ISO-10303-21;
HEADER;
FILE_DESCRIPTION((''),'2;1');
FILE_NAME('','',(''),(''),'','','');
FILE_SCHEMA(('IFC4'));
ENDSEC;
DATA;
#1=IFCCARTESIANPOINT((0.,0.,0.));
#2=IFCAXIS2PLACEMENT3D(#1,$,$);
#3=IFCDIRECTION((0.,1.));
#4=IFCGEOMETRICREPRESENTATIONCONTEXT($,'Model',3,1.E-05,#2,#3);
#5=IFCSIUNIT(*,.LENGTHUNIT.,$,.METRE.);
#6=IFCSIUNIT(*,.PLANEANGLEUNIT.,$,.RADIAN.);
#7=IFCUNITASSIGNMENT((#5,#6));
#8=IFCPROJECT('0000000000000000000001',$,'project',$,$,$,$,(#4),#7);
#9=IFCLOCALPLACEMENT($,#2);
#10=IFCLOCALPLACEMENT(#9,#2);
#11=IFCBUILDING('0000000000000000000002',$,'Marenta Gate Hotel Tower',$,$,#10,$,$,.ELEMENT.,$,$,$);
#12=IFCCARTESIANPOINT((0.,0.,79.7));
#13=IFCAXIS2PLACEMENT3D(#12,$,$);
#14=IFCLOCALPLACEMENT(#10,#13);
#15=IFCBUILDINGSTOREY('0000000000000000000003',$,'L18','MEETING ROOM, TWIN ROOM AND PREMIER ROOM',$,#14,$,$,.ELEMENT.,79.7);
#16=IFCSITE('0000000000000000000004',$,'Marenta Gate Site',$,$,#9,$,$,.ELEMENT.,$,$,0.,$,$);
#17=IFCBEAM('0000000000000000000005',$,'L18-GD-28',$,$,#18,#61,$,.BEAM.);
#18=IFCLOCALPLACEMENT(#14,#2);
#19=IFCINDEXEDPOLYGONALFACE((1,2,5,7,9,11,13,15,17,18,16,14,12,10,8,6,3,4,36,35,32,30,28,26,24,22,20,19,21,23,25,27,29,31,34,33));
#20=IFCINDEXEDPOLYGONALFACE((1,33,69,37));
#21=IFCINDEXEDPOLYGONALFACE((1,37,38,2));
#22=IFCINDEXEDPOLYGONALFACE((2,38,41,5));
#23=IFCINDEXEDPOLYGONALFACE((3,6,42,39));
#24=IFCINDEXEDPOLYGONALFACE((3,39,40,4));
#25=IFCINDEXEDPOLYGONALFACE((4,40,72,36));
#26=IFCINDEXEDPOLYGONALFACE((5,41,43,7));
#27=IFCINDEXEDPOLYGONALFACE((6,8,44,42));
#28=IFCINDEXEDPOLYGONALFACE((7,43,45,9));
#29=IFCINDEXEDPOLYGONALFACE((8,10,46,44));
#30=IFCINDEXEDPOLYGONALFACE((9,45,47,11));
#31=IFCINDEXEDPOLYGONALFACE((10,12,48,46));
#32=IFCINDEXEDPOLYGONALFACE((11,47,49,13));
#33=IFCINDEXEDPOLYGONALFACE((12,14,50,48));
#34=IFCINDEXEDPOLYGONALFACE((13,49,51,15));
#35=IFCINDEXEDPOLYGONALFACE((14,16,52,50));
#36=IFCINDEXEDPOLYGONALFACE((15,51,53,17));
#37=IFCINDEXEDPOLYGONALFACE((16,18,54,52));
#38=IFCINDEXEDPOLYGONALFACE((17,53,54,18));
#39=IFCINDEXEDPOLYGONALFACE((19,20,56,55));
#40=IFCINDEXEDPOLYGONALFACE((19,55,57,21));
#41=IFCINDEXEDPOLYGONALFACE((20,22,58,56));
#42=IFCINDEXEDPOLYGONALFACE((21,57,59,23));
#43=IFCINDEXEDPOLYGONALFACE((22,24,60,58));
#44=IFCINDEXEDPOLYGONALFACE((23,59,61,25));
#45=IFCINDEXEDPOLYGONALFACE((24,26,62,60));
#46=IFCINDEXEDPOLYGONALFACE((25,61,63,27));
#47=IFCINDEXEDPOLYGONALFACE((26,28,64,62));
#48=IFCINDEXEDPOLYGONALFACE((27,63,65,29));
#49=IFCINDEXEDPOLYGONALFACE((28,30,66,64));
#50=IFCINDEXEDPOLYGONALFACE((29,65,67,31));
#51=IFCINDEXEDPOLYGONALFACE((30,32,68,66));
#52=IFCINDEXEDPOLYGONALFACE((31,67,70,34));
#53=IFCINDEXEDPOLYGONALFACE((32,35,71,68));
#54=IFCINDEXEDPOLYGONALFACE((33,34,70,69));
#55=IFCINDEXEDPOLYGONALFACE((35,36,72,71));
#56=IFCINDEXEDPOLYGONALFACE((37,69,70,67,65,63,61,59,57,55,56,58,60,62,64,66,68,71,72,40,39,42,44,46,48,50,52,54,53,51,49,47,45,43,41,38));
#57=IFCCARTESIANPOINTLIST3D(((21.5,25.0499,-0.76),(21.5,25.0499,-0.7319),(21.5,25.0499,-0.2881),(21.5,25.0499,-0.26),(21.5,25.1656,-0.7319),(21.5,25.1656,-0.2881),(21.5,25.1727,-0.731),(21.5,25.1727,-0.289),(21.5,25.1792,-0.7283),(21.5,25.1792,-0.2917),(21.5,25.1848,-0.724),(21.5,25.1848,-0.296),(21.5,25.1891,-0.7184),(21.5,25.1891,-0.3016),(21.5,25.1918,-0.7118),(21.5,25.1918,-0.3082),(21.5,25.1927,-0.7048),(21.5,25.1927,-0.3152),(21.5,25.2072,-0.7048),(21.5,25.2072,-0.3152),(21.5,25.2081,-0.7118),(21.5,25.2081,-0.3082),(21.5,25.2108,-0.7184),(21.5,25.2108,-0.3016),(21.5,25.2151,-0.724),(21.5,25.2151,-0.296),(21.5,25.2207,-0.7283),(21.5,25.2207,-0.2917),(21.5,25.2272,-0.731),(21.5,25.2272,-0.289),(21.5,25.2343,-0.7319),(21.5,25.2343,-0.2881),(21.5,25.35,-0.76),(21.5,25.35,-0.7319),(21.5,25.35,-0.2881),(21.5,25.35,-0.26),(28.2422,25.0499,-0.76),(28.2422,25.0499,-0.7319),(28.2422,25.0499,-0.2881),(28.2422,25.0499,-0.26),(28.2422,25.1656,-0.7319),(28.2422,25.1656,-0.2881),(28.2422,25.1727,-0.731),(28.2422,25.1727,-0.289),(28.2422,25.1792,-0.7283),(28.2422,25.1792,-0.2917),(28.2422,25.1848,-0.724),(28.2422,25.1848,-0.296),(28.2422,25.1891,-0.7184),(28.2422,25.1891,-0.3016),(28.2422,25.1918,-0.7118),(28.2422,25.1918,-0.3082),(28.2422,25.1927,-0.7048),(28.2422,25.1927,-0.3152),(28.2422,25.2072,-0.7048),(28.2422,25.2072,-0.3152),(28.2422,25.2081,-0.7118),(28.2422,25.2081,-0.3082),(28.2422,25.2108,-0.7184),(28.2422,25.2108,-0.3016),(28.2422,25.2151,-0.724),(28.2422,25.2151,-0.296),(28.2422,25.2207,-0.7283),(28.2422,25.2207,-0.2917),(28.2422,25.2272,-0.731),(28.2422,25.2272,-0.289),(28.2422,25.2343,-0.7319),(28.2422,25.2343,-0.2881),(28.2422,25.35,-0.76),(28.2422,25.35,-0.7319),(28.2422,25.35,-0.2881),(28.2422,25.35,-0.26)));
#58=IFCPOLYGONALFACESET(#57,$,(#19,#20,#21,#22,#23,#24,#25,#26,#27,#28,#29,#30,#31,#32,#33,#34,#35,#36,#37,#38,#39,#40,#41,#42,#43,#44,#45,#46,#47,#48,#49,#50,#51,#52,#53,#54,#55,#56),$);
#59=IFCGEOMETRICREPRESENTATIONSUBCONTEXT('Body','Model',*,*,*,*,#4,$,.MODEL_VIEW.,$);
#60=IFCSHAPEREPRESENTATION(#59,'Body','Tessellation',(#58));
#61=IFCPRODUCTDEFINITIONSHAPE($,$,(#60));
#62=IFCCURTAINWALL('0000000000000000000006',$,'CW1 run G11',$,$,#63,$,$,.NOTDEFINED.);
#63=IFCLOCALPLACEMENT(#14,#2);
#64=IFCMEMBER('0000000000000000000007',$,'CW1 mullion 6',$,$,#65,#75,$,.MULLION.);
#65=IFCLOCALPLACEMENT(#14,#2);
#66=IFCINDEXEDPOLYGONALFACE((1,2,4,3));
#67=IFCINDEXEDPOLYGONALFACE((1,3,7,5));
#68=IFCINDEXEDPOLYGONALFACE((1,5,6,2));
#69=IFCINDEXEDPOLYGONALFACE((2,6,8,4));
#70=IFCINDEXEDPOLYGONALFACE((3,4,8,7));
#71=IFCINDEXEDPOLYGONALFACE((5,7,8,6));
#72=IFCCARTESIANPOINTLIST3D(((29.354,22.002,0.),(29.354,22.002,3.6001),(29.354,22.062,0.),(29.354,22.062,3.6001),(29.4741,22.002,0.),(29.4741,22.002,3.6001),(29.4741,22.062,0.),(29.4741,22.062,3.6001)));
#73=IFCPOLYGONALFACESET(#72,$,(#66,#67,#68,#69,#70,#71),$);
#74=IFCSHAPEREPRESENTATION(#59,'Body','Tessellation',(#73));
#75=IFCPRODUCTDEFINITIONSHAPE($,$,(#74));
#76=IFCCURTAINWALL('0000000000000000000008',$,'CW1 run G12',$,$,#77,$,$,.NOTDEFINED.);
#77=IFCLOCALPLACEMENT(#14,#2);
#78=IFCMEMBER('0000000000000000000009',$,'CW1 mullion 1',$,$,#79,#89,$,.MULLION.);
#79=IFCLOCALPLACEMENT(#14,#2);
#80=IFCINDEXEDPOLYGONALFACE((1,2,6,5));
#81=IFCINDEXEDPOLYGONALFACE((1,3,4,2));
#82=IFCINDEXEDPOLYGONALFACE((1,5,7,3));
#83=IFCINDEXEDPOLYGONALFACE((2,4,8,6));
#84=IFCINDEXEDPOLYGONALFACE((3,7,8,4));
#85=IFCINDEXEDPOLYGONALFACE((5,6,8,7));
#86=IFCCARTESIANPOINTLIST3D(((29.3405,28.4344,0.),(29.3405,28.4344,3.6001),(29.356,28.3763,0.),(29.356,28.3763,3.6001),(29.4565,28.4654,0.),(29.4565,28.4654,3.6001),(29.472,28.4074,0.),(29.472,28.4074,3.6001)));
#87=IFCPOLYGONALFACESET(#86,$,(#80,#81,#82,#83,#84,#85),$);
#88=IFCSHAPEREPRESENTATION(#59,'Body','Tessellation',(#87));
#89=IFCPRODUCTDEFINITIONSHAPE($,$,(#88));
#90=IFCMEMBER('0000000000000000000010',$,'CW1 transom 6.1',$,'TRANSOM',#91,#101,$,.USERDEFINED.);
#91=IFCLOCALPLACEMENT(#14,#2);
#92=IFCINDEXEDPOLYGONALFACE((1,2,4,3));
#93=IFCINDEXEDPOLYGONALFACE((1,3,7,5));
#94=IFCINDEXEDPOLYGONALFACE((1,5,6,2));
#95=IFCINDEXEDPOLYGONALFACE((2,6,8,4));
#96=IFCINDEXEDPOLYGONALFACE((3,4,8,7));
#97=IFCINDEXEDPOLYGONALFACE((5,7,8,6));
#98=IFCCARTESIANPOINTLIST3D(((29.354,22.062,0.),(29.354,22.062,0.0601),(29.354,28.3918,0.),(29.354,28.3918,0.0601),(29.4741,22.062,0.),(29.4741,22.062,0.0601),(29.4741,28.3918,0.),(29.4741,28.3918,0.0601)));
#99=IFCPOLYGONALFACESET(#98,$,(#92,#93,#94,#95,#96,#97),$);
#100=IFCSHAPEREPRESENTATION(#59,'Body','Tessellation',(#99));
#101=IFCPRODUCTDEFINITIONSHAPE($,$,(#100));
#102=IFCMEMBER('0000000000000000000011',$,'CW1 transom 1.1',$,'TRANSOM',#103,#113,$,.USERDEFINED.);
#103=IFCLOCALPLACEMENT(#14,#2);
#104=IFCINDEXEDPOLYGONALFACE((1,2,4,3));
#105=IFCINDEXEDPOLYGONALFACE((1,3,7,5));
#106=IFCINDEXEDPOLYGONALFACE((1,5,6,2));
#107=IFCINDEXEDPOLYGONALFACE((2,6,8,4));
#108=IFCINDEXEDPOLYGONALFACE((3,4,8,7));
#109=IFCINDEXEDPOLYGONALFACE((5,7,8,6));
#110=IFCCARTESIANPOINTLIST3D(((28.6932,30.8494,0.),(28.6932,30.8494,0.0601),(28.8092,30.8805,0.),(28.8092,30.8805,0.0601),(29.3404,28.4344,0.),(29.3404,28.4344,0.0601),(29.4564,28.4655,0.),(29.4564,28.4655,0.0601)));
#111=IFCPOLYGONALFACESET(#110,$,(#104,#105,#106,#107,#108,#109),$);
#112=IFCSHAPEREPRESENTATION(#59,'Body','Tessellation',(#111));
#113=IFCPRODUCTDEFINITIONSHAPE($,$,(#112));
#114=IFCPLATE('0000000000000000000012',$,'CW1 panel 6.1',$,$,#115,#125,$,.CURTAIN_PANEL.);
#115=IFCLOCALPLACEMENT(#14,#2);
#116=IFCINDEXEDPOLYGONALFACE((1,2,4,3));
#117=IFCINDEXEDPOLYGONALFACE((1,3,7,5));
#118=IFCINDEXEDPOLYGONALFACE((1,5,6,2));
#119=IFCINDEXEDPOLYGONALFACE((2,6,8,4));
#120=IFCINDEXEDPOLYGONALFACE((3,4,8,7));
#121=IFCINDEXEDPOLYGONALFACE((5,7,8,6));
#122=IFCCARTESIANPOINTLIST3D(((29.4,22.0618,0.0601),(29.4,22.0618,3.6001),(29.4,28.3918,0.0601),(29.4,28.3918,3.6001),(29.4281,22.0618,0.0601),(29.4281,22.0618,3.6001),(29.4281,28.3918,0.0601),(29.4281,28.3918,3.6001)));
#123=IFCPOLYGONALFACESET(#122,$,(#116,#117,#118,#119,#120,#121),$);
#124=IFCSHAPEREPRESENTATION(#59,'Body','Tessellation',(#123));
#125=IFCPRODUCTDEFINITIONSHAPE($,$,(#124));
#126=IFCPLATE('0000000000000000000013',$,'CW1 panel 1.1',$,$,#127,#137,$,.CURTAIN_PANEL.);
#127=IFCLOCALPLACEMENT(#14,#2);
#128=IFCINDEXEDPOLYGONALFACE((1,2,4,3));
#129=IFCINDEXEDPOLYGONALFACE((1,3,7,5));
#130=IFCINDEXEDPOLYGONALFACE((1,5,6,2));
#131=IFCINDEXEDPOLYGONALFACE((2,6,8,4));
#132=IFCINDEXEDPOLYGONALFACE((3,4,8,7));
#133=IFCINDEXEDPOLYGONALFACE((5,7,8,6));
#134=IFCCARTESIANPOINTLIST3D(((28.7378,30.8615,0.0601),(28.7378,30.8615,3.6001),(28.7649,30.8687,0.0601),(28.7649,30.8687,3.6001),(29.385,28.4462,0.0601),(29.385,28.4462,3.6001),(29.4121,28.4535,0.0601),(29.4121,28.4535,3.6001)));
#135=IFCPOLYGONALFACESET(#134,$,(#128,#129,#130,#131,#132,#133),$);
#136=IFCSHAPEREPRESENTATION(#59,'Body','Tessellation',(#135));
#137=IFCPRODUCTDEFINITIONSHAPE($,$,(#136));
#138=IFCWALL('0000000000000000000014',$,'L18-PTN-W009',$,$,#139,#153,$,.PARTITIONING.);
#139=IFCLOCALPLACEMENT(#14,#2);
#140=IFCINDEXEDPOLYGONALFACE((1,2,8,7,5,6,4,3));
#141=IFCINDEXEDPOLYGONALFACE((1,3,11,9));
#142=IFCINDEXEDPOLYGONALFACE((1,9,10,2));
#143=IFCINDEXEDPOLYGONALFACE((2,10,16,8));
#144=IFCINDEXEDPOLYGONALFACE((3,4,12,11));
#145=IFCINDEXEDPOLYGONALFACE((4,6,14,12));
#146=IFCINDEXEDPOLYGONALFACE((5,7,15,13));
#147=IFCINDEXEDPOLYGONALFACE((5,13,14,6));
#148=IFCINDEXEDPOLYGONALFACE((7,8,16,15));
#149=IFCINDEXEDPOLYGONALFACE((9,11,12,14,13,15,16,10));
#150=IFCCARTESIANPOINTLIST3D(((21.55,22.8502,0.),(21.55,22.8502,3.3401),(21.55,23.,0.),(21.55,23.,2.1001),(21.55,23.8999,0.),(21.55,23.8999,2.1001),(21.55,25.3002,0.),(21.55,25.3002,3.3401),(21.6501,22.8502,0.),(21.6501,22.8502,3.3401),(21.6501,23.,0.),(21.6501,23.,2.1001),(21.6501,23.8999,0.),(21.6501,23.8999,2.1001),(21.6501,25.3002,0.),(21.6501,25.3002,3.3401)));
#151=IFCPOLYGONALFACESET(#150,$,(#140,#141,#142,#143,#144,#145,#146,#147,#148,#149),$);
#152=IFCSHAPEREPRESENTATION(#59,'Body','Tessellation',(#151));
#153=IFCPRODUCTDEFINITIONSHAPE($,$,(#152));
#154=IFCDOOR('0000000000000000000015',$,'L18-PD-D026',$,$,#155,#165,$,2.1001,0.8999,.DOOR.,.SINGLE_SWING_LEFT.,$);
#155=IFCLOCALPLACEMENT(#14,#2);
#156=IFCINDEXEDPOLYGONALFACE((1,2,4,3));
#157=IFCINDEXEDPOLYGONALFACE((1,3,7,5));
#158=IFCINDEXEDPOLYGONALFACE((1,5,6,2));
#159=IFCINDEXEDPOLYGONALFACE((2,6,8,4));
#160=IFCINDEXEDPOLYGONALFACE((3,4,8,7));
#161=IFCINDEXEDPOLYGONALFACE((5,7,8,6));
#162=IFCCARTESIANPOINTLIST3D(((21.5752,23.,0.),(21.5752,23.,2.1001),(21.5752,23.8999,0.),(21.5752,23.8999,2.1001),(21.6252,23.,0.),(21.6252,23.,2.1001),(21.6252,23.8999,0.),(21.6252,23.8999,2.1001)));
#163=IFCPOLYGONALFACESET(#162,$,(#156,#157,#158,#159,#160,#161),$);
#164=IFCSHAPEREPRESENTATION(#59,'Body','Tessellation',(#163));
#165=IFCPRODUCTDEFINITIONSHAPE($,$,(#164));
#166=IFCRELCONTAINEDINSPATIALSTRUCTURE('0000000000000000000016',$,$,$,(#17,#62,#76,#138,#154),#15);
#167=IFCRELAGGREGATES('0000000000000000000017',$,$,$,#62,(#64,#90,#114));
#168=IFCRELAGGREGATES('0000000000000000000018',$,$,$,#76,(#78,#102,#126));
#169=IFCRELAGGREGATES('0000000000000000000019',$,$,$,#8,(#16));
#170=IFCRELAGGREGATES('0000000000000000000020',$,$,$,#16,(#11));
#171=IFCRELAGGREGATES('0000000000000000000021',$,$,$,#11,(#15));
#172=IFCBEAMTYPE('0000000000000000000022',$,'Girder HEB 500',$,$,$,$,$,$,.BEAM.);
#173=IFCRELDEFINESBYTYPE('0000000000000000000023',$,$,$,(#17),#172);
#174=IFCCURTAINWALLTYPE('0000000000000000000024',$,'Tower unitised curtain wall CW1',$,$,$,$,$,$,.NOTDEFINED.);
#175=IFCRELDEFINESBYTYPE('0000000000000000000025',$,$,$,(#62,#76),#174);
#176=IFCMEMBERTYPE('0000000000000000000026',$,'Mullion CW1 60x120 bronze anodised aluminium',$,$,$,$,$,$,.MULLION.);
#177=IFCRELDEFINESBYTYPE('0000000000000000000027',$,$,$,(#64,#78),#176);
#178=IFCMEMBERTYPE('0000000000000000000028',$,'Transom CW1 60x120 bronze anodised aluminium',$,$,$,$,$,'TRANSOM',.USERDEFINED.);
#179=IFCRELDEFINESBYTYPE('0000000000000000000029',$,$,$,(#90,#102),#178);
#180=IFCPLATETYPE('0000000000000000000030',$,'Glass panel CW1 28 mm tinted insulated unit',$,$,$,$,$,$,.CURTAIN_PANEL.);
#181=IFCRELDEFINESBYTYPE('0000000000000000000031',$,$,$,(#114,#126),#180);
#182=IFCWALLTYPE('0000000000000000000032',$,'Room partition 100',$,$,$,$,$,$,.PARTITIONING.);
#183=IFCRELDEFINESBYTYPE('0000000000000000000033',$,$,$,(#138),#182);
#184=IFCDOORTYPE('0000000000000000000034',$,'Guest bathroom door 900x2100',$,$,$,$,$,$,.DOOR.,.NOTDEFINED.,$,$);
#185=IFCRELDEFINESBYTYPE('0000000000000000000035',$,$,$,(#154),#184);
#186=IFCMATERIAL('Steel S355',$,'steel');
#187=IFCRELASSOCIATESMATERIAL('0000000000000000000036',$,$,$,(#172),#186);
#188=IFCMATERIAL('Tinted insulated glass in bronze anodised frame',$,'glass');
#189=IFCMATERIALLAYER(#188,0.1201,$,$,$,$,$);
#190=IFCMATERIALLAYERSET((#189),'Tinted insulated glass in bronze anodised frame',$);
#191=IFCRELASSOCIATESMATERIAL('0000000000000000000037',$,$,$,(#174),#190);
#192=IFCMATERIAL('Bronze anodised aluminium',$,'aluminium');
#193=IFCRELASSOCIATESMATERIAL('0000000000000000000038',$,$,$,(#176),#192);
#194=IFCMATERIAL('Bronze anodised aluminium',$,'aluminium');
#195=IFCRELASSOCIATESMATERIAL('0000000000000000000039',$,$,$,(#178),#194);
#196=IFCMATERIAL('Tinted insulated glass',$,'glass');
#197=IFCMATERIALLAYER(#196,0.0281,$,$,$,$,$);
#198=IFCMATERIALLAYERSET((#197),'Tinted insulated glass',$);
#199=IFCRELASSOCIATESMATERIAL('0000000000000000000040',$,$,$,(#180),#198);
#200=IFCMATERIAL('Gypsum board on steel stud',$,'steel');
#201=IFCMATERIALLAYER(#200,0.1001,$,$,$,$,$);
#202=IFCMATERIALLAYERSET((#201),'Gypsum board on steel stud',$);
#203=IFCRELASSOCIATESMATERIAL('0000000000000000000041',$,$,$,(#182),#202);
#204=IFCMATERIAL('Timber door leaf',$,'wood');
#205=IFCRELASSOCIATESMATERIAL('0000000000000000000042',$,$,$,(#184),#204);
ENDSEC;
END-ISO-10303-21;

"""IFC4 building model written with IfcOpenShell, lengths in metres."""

from ifc_helpers import new_model, si_unit, direction, frame, frame_2d, origin, origin_2d, place, context, subcontext, project, spatial, rectangle, i_section, extrude, material, layer, layer_set, material_profile, profile_set, type_object, element, fill, aggregate, save


model = new_model("IFC4")

# Units and contexts
model_context = context("Model", 3, precision=1e-05, world=origin(), true_north=direction((0.0, 1.0)))
body_context = subcontext(model_context, "Body", "Model", "MODEL_VIEW")
ifc_project = project(units=[si_unit("LENGTHUNIT", "METRE"), si_unit("PLANEANGLEUNIT", "RADIAN")], contexts=[model_context])

# Site, building, storey
site_placement = place(None, origin())
site = spatial("IfcSite", under=ifc_project, at=site_placement, Name="Marenta Gate Site", CompositionType="ELEMENT", RefElevation=0.0)
building_placement = place(site_placement, origin())
building = spatial("IfcBuilding", under=site, at=building_placement, Name="Marenta Gate Hotel Tower", CompositionType="ELEMENT")
storey_placement = place(building_placement, frame((0.0, 0.0, 79.7)))
storey = spatial("IfcBuildingStorey", under=building, at=storey_placement, Name="L18", Description="MEETING ROOM, TWIN ROOM AND PREMIER ROOM", CompositionType="ELEMENT", Elevation=79.7)

# Beam
ifc_material_1 = material(Name="Steel S355", Category="steel")
ifc_material_profile_1 = material_profile(ifc_material_1, i_section(OverallWidth=0.3, OverallDepth=0.5, WebThickness=0.0144, FlangeThickness=0.0281, FilletRadius=0.0271, at=origin_2d()), Name="HEB 500")
ifc_profile_set_1 = profile_set([ifc_material_profile_1], Name="Steel S355")
beam_type_1 = type_object("IfcBeamType", Name="Girder HEB 500", PredefinedType="BEAM", material=ifc_profile_set_1)
beam_1_placement = place(storey_placement, frame((21.5, 25.2, -0.51), z_axis=(1.0, 0.0, 0.0), x_axis=(0.0, 1.0, 0.0)))
element("IfcBeam", 1, at=beam_1_placement, inside=storey, type_object=beam_type_1, Name="L18-GD-28", PredefinedType="BEAM", context=body_context, shape_type="SweptSolid", body=[
    extrude(i_section(OverallWidth=0.3, OverallDepth=0.5, WebThickness=0.0144, FlangeThickness=0.0281, FilletRadius=0.0271, at=origin_2d()), origin(), (0.0, 0.0, 1.0), 6.7422),
])

# Curtain walls, members
ifc_material_2 = material(Name="Tinted insulated glass in bronze anodised frame", Category="glass")
ifc_layer_1 = layer(ifc_material_2, 0.1201)
ifc_layer_set_1 = layer_set([ifc_layer_1], Name="Tinted insulated glass in bronze anodised frame")
curtain_wall_type = type_object("IfcCurtainWallType", Name="Tower unitised curtain wall CW1", PredefinedType="NOTDEFINED", material=ifc_layer_set_1)
curtain_wall_1_placement = place(storey_placement, origin())
curtain_wall_1 = element("IfcCurtainWall", 2, at=curtain_wall_1_placement, inside=storey, type_object=curtain_wall_type, Name="CW1 run G11", PredefinedType="NOTDEFINED")
ifc_material_3 = material(Name="Bronze anodised aluminium", Category="aluminium")
ifc_material_profile_2 = material_profile(ifc_material_3, rectangle(XDim=0.1201, YDim=0.0601, at=origin_2d()), Name="Mullion CW1 60x120 bronze anodised aluminium")
ifc_profile_set_2 = profile_set([ifc_material_profile_2], Name="Bronze anodised aluminium")
member_type_1 = type_object("IfcMemberType", Name="Mullion CW1 60x120 bronze anodised aluminium", PredefinedType="MULLION", material=ifc_profile_set_2)
member_1_placement = place(storey_placement, frame((29.4141, 22.032, 0.0), z_axis=(0.0, 0.0, 1.0), x_axis=(-1.0, 0.0, 0.0)))
member_1 = element("IfcMember", 3, at=member_1_placement, type_object=member_type_1, Name="CW1 mullion 6", PredefinedType="MULLION", context=body_context, shape_type="SweptSolid", body=[
    extrude(rectangle(XDim=0.1201, YDim=0.0601, at=origin_2d()), origin(), (0.0, 0.0, 1.0), 3.6001),
])
curtain_wall_2_placement = place(storey_placement, origin())
curtain_wall_2 = element("IfcCurtainWall", 4, at=curtain_wall_2_placement, inside=storey, type_object=curtain_wall_type, Name="CW1 run G12", PredefinedType="NOTDEFINED")
member_2_placement = place(storey_placement, frame((29.4062, 28.4209, 0.0), z_axis=(0.0, 0.0, 1.0), x_axis=(-0.965925, -0.258822, 0.0)))
member_2 = element("IfcMember", 5, at=member_2_placement, type_object=member_type_1, Name="CW1 mullion 1", PredefinedType="MULLION", context=body_context, shape_type="SweptSolid", body=[
    extrude(rectangle(XDim=0.1201, YDim=0.0601, at=origin_2d()), origin(), (0.0, 0.0, 1.0), 3.6001),
])

# Members
ifc_material_4 = material(Name="Bronze anodised aluminium", Category="aluminium")
ifc_material_profile_3 = material_profile(ifc_material_4, rectangle(XDim=0.1201, YDim=0.0601, at=origin_2d()), Name="Transom CW1 60x120 bronze anodised aluminium")
ifc_profile_set_3 = profile_set([ifc_material_profile_3], Name="Bronze anodised aluminium")
member_type_2 = type_object("IfcMemberType", Name="Transom CW1 60x120 bronze anodised aluminium", ElementType="TRANSOM", PredefinedType="USERDEFINED", material=ifc_profile_set_3)
member_3_placement = place(storey_placement, frame((29.4141, 22.062, 0.03), z_axis=(0.0, 1.0, 0.0), x_axis=(-1.0, 0.0, 0.0)))
member_3 = element("IfcMember", 6, at=member_3_placement, type_object=member_type_2, Name="CW1 transom 6.1", ObjectType="TRANSOM", PredefinedType="USERDEFINED", context=body_context, shape_type="SweptSolid", body=[
    extrude(rectangle(XDim=0.1201, YDim=0.0601, at=origin_2d()), origin(), (0.0, 0.0, 1.0), 6.3298),
])
member_4_placement = place(storey_placement, frame((29.3984, 28.45, 0.03), z_axis=(-0.25886, 0.965915, 0.0), x_axis=(-0.965915, -0.25886, 0.0)))
member_4 = element("IfcMember", 7, at=member_4_placement, type_object=member_type_2, Name="CW1 transom 1.1", ObjectType="TRANSOM", PredefinedType="USERDEFINED", context=body_context, shape_type="SweptSolid", body=[
    extrude(rectangle(XDim=0.1201, YDim=0.0601, at=origin_2d()), origin(), (0.0, 0.0, 1.0), 2.5002),
])

# Plates
ifc_material_5 = material(Name="Tinted insulated glass", Category="glass")
ifc_layer_2 = layer(ifc_material_5, 0.0281)
ifc_layer_set_2 = layer_set([ifc_layer_2], Name="Tinted insulated glass")
plate_type = type_object("IfcPlateType", Name="Glass panel CW1 28 mm tinted insulated unit", PredefinedType="CURTAIN_PANEL", material=ifc_layer_set_2)
plate_1_placement = place(storey_placement, frame((29.4141, 25.2268, 0.0601), z_axis=(0.0, 0.0, 1.0), x_axis=(0.0, 1.0, 0.0)))
plate_1 = element("IfcPlate", 8, at=plate_1_placement, type_object=plate_type, Name="CW1 panel 6.1", PredefinedType="CURTAIN_PANEL", context=body_context, shape_type="SweptSolid", body=[
    extrude(rectangle(XDim=6.3301, YDim=0.0281, at=origin_2d()), origin(), (0.0, 0.0, 1.0), 3.54),
])
aggregate(curtain_wall_1, [member_1, member_3, plate_1])
plate_2_placement = place(storey_placement, frame((29.075, 29.6575, 0.0601), z_axis=(0.0, 0.0, 1.0), x_axis=(-0.258822, 0.965925, 0.0)))
plate_2 = element("IfcPlate", 9, at=plate_2_placement, type_object=plate_type, Name="CW1 panel 1.1", PredefinedType="CURTAIN_PANEL", context=body_context, shape_type="SweptSolid", body=[
    extrude(rectangle(XDim=2.5005, YDim=0.0281, at=origin_2d()), origin(), (0.0, 0.0, 1.0), 3.54),
])
aggregate(curtain_wall_2, [member_2, member_4, plate_2])

# Wall, opening, door
ifc_material_6 = material(Name="Gypsum board on steel stud", Category="steel")
ifc_layer_3 = layer(ifc_material_6, 0.1001)
ifc_layer_set_3 = layer_set([ifc_layer_3], Name="Gypsum board on steel stud")
wall_type = type_object("IfcWallType", Name="Room partition 100", PredefinedType="PARTITIONING", material=ifc_layer_set_3)
wall_1_placement = place(storey_placement, frame((21.6001, 22.8501, 0.0), z_axis=(0.0, 0.0, 1.0), x_axis=(0.0, 1.0, 0.0)))
wall_1 = element("IfcWall", 10, at=wall_1_placement, inside=storey, type_object=wall_type, Name="L18-PTN-W009", PredefinedType="PARTITIONING", context=body_context, shape_type="SweptSolid", body=[
    extrude(rectangle(XDim=2.45, YDim=0.1001, at=frame_2d((1.2251, 0.0))), origin(), (0.0, 0.0, 1.0), 3.3401),
])
opening_1_placement = place(wall_1_placement, frame((0.1499, 0.0, 0.0)))
opening_1 = element("IfcOpeningElement", 11, at=opening_1_placement, cuts=wall_1, PredefinedType="OPENING", context=body_context, shape_type="SweptSolid", body=[
    extrude(rectangle(XDim=0.8999, YDim=2.1001, at=frame_2d((0.45, 1.05))), frame((0.0, 0.05, 0.0), z_axis=(0.0, -1.0, 0.0), x_axis=(1.0, 0.0, 0.0)), (0.0, 0.0, 1.0), 0.1001),
])
ifc_material_7 = material(Name="Timber door leaf", Category="wood")
door_type = type_object("IfcDoorType", Name="Guest bathroom door 900x2100", OperationType="NOTDEFINED", PredefinedType="DOOR", material=ifc_material_7)
door_1_placement = place(opening_1_placement, origin())
door_1 = element("IfcDoor", 12, at=door_1_placement, inside=storey, type_object=door_type, Name="L18-PD-D026", OperationType="SINGLE_SWING_LEFT", OverallHeight=2.1001, OverallWidth=0.8999, PredefinedType="DOOR", context=body_context, shape_type="SweptSolid", body=[
    extrude(rectangle(XDim=0.8999, YDim=2.1001, at=frame_2d((0.45, 1.05))), frame((0.0, 0.0249, 0.0), z_axis=(0.0, -1.0, 0.0), x_axis=(1.0, 0.0, 0.0)), (0.0, 0.0, 1.0), 0.05),
])
fill(opening_1, door_1)

save(model, "model.ifc")
